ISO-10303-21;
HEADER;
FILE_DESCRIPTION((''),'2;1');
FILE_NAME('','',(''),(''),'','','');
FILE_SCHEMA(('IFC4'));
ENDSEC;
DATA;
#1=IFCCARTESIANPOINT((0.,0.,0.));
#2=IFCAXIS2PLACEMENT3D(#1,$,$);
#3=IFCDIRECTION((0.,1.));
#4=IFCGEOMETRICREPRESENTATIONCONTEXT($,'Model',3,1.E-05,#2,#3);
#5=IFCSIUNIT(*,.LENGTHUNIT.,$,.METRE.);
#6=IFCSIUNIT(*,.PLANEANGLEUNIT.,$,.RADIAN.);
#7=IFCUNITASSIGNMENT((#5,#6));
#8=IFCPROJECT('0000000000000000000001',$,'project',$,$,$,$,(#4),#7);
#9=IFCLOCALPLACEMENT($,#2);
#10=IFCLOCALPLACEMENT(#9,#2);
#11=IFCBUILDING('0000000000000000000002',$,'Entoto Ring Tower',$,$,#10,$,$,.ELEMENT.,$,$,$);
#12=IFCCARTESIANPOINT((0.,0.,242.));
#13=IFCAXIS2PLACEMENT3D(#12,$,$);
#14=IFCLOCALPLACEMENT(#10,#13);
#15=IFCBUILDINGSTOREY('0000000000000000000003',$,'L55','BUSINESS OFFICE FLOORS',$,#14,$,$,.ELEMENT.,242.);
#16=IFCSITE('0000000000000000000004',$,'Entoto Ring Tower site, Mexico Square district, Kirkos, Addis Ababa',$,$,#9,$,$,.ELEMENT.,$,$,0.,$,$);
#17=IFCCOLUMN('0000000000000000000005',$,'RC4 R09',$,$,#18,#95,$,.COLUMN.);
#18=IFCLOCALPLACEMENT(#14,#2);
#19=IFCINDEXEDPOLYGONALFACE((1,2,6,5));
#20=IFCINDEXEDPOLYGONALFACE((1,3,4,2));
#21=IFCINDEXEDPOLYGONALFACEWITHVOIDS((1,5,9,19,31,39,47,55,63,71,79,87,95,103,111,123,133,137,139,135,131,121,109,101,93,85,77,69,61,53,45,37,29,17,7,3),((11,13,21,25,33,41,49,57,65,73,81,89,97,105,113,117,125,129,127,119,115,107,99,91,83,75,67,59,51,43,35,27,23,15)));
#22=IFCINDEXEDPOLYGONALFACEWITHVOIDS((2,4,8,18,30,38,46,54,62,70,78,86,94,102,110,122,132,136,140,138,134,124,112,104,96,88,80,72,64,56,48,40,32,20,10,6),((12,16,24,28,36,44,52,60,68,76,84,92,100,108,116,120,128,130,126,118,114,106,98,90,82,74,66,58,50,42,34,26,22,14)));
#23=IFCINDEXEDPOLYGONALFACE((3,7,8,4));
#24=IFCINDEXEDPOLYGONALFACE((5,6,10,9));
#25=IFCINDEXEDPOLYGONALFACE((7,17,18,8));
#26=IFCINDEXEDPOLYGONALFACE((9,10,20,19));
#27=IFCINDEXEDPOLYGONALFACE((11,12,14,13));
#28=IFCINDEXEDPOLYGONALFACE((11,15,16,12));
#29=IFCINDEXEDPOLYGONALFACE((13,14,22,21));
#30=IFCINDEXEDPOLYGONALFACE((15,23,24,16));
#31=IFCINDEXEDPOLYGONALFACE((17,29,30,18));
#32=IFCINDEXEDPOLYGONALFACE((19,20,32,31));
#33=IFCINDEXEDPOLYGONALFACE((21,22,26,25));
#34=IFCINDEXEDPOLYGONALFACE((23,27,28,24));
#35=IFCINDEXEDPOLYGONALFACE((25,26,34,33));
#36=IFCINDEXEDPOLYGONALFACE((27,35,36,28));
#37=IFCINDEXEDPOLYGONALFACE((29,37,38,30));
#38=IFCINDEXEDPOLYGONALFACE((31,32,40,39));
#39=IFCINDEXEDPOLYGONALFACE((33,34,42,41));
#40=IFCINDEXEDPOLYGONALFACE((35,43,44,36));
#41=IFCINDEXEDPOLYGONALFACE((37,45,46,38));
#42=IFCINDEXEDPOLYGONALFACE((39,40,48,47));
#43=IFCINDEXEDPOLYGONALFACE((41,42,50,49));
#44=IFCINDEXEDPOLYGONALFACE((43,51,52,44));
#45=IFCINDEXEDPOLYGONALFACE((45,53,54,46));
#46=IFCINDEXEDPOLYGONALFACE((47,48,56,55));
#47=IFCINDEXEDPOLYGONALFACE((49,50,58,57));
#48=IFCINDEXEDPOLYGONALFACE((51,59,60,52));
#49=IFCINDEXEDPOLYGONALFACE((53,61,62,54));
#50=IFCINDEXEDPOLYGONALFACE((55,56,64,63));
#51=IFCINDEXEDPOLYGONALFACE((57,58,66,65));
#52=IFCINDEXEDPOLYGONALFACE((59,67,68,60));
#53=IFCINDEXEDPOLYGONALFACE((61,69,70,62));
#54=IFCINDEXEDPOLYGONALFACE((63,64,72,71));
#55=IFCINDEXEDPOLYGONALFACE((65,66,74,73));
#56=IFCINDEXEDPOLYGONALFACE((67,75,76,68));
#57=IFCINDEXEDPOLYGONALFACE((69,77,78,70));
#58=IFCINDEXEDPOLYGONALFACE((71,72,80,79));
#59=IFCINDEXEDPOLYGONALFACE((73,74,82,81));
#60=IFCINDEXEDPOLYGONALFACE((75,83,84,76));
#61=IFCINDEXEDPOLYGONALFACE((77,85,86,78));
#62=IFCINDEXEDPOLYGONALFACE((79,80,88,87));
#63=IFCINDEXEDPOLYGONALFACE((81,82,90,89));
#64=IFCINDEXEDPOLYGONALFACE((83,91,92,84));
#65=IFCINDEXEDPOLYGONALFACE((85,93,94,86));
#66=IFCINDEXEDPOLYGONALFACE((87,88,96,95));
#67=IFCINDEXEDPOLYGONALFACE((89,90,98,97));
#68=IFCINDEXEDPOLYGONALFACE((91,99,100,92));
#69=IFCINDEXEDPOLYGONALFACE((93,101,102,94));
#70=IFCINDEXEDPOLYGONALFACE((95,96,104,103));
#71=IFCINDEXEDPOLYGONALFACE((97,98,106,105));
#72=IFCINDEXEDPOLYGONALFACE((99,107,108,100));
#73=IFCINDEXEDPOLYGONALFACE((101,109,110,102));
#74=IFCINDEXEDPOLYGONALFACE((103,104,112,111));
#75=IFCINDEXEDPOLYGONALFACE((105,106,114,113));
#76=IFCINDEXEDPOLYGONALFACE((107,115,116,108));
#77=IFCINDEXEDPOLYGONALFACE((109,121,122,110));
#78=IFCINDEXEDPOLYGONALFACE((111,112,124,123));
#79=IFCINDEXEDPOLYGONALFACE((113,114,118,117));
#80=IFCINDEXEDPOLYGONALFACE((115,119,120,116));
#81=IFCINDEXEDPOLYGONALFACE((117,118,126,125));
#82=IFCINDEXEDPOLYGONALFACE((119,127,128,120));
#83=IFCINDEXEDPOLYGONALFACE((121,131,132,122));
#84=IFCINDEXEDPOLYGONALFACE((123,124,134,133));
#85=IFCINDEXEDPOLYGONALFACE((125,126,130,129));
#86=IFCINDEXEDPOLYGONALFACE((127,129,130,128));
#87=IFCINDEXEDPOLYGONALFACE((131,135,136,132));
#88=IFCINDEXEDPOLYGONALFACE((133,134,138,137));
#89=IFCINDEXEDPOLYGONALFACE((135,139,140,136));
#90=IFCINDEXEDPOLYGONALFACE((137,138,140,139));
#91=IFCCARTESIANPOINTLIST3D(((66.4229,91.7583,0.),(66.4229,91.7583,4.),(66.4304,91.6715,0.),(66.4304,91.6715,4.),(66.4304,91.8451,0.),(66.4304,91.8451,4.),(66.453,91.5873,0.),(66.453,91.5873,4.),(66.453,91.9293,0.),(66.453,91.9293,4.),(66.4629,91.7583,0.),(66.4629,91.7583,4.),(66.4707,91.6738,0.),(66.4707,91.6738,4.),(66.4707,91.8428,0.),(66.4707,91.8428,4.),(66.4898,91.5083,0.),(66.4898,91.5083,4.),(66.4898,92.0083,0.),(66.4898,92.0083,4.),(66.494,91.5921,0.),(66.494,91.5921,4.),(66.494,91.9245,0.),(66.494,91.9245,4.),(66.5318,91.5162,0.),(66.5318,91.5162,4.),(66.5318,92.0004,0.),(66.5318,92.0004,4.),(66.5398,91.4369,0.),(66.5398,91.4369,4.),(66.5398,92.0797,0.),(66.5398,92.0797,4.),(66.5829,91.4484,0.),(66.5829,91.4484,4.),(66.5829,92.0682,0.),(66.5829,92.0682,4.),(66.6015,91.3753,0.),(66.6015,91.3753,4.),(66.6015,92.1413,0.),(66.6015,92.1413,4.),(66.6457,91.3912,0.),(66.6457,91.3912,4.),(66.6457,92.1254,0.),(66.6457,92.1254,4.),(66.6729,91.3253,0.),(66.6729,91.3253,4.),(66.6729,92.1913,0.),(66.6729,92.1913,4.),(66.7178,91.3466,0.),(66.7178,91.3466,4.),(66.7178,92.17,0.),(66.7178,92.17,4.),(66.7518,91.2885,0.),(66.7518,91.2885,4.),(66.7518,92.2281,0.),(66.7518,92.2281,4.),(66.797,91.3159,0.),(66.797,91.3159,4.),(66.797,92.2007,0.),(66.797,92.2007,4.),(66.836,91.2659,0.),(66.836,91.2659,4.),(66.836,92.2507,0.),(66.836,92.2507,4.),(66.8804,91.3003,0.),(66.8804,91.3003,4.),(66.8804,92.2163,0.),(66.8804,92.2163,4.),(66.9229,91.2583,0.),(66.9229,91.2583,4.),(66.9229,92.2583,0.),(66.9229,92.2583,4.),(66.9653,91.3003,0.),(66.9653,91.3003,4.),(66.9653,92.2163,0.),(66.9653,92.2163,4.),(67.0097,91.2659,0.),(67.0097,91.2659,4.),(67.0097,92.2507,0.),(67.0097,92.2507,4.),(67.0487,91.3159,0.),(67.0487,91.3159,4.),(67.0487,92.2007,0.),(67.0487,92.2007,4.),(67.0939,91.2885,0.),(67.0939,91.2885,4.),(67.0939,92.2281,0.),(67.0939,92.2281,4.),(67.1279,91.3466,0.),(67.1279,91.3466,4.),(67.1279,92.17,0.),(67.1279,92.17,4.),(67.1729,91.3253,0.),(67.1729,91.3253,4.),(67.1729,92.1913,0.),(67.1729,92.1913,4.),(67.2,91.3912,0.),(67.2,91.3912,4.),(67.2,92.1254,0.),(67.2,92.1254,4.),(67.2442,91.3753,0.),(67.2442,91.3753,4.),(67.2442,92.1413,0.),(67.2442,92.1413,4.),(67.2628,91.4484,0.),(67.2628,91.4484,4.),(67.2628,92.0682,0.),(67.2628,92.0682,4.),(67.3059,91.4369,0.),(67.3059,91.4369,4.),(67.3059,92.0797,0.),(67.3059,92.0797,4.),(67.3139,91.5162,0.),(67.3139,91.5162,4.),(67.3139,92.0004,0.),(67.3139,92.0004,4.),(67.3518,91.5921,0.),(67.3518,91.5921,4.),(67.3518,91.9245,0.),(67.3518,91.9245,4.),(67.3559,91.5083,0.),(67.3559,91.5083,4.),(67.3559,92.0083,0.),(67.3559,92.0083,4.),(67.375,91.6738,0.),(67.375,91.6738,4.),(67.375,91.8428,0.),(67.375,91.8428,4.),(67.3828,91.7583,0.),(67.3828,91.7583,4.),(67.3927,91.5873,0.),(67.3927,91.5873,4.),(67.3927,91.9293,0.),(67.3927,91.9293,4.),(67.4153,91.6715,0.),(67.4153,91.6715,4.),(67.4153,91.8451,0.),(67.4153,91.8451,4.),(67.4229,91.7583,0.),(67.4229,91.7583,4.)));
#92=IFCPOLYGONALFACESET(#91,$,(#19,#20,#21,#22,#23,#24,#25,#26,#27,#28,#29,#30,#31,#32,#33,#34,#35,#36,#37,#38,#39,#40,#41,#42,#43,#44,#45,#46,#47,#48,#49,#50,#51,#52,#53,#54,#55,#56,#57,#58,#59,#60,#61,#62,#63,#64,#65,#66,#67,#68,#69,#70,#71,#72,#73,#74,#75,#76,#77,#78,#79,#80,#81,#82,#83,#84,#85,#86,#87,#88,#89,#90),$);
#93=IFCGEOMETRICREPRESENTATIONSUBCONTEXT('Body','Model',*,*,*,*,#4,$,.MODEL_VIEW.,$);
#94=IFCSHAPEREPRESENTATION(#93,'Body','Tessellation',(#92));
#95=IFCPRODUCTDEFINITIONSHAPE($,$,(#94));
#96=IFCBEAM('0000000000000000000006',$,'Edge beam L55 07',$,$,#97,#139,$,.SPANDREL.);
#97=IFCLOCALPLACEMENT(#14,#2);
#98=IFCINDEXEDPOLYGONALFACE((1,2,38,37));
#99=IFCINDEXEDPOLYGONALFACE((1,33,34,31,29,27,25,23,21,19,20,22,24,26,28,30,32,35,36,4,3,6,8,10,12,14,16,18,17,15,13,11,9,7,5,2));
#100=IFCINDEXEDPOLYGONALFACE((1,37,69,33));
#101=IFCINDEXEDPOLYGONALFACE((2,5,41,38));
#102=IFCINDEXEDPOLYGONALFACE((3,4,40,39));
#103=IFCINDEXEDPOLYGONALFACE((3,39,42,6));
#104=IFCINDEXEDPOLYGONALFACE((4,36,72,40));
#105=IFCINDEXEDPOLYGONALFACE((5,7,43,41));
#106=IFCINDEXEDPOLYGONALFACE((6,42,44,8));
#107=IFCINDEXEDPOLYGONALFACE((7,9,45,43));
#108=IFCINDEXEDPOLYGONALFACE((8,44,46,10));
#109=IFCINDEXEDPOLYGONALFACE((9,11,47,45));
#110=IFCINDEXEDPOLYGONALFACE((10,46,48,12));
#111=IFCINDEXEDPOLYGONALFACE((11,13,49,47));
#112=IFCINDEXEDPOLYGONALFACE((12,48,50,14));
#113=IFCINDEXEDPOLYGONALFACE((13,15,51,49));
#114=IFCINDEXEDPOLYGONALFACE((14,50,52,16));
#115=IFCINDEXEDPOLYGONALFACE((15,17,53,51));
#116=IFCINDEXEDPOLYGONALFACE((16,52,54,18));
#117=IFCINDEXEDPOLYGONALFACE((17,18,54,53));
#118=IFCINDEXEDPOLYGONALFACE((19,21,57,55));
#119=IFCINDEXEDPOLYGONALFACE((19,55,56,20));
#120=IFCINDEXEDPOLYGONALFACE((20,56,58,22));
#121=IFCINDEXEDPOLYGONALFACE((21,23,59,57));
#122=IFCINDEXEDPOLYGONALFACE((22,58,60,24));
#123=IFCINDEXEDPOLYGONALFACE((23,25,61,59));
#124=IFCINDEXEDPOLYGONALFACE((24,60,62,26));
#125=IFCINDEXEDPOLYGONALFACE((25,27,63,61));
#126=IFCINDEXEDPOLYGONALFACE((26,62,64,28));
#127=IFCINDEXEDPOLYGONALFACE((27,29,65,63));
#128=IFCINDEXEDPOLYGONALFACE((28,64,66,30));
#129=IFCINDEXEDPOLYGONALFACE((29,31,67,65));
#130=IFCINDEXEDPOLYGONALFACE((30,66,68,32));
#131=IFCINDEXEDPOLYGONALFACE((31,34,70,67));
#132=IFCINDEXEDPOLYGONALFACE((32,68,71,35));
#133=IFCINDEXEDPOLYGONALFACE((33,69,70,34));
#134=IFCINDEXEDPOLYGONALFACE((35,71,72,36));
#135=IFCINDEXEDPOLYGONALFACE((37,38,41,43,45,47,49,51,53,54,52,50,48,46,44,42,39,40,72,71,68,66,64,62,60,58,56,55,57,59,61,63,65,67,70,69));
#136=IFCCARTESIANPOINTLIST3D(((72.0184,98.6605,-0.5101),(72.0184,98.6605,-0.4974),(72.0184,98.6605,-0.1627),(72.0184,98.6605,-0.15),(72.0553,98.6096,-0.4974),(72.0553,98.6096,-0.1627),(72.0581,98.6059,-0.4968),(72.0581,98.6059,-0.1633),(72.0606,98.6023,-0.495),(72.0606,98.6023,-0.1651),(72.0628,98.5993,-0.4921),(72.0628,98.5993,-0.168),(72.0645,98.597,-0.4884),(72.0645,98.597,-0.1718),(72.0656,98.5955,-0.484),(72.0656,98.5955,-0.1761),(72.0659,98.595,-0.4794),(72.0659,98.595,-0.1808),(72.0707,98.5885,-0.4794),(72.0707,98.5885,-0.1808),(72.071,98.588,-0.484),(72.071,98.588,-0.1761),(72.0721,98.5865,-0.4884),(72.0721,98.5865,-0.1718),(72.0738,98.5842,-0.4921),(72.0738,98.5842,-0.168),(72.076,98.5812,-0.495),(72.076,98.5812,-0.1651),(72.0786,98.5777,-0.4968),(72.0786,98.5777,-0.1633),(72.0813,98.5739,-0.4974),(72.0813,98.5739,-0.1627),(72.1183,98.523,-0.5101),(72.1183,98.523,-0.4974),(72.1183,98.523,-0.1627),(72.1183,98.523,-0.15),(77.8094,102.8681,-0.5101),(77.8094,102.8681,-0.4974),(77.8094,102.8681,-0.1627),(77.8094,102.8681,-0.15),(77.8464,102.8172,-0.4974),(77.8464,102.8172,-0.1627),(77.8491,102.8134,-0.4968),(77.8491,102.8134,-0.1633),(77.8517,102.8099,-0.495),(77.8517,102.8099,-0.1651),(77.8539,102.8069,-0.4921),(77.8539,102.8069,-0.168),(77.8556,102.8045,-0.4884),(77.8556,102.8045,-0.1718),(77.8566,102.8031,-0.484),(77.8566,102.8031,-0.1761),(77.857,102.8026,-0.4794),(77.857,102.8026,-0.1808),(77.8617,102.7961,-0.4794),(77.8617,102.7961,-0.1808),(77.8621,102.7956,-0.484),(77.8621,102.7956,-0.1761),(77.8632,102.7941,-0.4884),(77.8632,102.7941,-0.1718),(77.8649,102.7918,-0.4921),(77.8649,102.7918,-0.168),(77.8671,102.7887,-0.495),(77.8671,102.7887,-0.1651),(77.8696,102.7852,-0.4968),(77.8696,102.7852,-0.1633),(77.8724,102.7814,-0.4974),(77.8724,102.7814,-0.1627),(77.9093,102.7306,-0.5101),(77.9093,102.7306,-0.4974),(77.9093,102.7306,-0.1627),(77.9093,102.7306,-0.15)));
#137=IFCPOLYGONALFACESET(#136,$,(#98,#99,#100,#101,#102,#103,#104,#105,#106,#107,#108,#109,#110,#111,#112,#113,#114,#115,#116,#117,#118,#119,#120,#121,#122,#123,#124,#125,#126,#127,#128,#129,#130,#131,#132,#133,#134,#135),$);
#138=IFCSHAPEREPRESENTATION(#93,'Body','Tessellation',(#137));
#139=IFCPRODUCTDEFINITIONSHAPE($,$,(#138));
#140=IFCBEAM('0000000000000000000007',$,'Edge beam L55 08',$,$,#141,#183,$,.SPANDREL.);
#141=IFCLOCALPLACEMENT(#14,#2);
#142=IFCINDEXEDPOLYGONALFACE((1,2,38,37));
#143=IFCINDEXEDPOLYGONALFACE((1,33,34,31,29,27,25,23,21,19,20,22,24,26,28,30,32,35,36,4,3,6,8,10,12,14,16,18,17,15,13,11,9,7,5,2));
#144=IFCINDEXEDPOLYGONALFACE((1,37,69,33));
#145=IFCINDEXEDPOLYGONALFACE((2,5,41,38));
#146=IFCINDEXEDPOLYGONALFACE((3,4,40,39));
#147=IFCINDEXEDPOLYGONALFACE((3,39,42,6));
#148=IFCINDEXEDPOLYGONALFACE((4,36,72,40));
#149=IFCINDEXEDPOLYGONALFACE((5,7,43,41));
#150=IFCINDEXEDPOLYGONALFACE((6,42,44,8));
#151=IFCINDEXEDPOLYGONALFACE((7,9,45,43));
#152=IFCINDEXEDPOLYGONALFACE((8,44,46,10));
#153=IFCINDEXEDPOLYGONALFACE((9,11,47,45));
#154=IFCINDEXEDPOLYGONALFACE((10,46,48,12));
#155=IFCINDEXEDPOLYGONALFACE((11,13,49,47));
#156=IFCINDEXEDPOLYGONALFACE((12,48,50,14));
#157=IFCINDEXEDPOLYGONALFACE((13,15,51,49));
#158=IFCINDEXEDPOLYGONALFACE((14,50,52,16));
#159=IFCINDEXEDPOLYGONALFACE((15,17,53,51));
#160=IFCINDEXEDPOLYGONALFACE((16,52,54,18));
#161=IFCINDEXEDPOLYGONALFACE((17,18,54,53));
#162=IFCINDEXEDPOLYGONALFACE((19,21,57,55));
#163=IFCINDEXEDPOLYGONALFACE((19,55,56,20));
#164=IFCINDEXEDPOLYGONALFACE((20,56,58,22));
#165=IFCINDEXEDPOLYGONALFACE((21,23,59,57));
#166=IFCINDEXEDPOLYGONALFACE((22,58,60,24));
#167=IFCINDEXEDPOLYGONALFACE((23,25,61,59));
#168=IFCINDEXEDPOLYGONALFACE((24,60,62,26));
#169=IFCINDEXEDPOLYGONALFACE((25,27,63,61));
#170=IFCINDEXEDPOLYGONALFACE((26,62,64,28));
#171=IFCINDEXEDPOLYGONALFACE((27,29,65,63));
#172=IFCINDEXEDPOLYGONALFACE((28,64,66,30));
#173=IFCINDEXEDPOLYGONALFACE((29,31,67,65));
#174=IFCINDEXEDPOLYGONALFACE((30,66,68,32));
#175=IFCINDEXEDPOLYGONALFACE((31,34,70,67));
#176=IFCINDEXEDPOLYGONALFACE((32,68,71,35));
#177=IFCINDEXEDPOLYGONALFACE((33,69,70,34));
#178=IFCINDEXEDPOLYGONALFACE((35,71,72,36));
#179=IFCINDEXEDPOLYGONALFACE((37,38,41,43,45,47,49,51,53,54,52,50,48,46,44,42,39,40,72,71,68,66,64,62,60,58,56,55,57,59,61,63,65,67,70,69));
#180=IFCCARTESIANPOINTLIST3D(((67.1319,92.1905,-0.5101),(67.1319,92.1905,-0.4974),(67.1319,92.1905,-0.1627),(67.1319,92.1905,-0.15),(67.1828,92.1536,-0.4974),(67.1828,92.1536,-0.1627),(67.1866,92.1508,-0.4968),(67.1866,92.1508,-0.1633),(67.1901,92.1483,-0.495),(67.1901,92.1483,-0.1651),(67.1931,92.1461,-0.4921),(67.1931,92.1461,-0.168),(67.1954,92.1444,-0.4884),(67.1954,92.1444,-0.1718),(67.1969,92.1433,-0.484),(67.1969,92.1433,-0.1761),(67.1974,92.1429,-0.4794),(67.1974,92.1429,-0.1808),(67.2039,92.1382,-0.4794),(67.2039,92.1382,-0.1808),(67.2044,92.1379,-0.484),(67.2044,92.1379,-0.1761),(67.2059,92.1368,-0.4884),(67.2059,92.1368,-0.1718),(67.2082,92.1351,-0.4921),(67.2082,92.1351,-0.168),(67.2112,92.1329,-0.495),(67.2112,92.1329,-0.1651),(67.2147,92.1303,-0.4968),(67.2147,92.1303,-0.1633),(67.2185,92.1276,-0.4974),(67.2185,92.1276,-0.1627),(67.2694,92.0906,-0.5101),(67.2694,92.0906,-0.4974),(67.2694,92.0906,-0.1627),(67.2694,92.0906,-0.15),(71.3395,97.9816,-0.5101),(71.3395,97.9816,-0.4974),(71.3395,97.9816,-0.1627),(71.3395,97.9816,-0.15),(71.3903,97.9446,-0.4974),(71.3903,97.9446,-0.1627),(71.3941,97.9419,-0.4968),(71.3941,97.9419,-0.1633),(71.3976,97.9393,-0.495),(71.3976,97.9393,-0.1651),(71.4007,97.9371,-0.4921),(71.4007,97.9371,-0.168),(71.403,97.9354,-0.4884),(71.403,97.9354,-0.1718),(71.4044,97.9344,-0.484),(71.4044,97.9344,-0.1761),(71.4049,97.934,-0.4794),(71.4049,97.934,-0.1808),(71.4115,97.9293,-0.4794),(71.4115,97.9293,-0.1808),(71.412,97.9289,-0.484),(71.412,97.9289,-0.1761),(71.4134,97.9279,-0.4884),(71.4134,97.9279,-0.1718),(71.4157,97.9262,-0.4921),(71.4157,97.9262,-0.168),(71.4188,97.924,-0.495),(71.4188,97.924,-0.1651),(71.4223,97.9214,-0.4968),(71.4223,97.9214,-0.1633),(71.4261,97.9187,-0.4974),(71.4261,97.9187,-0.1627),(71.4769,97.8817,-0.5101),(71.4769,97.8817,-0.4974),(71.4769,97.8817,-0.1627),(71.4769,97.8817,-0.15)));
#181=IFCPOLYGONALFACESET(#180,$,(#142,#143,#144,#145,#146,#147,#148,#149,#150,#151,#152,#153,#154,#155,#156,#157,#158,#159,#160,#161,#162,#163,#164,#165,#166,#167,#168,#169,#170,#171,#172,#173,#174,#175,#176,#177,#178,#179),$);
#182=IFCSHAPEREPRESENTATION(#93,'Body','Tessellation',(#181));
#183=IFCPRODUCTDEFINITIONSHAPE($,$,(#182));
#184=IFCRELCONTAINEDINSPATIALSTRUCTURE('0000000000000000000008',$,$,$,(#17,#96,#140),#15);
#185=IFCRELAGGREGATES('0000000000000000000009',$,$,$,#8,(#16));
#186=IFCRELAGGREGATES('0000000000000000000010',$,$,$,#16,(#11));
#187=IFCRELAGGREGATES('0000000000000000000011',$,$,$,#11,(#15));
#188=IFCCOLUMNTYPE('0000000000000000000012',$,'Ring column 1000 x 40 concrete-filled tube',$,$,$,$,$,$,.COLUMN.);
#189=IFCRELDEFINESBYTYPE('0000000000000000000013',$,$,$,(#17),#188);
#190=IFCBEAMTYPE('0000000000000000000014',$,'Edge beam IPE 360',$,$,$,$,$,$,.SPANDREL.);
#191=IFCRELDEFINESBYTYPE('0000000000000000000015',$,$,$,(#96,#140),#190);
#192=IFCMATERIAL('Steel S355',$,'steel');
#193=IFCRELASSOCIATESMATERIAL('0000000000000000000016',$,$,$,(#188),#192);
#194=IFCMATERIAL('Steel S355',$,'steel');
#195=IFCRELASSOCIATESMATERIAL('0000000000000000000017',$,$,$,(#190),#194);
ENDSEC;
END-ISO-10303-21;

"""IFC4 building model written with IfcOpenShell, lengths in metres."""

from ifc_helpers import new_model, si_unit, direction, frame, origin, origin_2d, place, context, subcontext, project, spatial, circle, hollow_circle, i_section, extrude, material, material_profile, profile_set, type_object, element, save


model = new_model("IFC4")

# Units and contexts
model_context = context("Model", 3, precision=1e-05, world=origin(), true_north=direction((0.0, 1.0)))
body_context = subcontext(model_context, "Body", "Model", "MODEL_VIEW")
ifc_project = project(units=[si_unit("LENGTHUNIT", "METRE"), si_unit("PLANEANGLEUNIT", "RADIAN")], contexts=[model_context])

# Site, building, storey
site_placement = place(None, origin())
site = spatial("IfcSite", under=ifc_project, at=site_placement, Name="Entoto Ring Tower site, Mexico Square district, Kirkos, Addis Ababa", CompositionType="ELEMENT", RefElevation=0.0)
building_placement = place(site_placement, origin())
building = spatial("IfcBuilding", under=site, at=building_placement, Name="Entoto Ring Tower", CompositionType="ELEMENT")
storey_placement = place(building_placement, frame((0.0, 0.0, 242.0)))
storey = spatial("IfcBuildingStorey", under=building, at=storey_placement, Name="L55", Description="BUSINESS OFFICE FLOORS", CompositionType="ELEMENT", Elevation=242.0)

# Column
ifc_material_1 = material(Name="Steel S355", Category="steel")
ifc_material_profile_1 = material_profile(ifc_material_1, hollow_circle(Radius=0.5, WallThickness=0.04, at=origin_2d()), Name="CHS 1000 x 40")
ifc_material_2 = material(Name="Concrete C60/75", Category="concrete")
ifc_material_profile_2 = material_profile(ifc_material_2, circle(Radius=0.46, at=origin_2d()), Name="Concrete C60/75 infill")
ifc_profile_set_1 = profile_set([ifc_material_profile_1, ifc_material_profile_2], Name="Steel S355")
column_type = type_object("IfcColumnType", Name="Ring column 1000 x 40 concrete-filled tube", PredefinedType="COLUMN", material=ifc_profile_set_1)
for number, where, z_axis, x_axis, name in (
    (1, (66.9229, 91.7583, 0.0), (0.0, 0.0, 1.0), (1.0, 0.0, 0.0), "RC4 R09"),
):
    element("IfcColumn", number, at=place(storey_placement, frame(where, z_axis=z_axis, x_axis=x_axis)), inside=storey, type_object=column_type, Name=name, PredefinedType="COLUMN", context=body_context, shape_type="SweptSolid", body=[
        extrude(hollow_circle(Radius=0.5, WallThickness=0.04, at=origin_2d()), origin(), (0.0, 0.0, 1.0), 4.0),
    ])

# Beams
ifc_material_3 = material(Name="Steel S355", Category="steel")
ifc_material_profile_3 = material_profile(ifc_material_3, i_section(OverallWidth=0.1699, OverallDepth=0.3601, WebThickness=0.0081, FlangeThickness=0.0127, FilletRadius=0.0181, at=origin_2d()), Name="IPE 360")
ifc_profile_set_2 = profile_set([ifc_material_profile_3], Name="Steel S355")
beam_type_1 = type_object("IfcBeamType", Name="Edge beam IPE 360", PredefinedType="SPANDREL", material=ifc_profile_set_2)
for number, where, z_axis, x_axis, name in (
    (2, (77.8594, 102.7993, -0.3301), (-0.80901, -0.587794, 0.0), (0.587794, -0.80901, 0.0), "Edge beam L55 07"),
    (3, (71.4082, 97.9316, -0.3301), (-0.587794, -0.80901, 0.0), (0.80901, -0.587794, 0.0), "Edge beam L55 08"),
):
    element("IfcBeam", number, at=place(storey_placement, frame(where, z_axis=z_axis, x_axis=x_axis)), inside=storey, type_object=beam_type_1, Name=name, PredefinedType="SPANDREL", context=body_context, shape_type="SweptSolid", body=[
        extrude(i_section(OverallWidth=0.1699, OverallDepth=0.3601, WebThickness=0.0081, FlangeThickness=0.0127, FilletRadius=0.0181, at=origin_2d()), origin(), (0.0, 0.0, 1.0), 7.1582),
    ])

save(model, "model.ifc")
